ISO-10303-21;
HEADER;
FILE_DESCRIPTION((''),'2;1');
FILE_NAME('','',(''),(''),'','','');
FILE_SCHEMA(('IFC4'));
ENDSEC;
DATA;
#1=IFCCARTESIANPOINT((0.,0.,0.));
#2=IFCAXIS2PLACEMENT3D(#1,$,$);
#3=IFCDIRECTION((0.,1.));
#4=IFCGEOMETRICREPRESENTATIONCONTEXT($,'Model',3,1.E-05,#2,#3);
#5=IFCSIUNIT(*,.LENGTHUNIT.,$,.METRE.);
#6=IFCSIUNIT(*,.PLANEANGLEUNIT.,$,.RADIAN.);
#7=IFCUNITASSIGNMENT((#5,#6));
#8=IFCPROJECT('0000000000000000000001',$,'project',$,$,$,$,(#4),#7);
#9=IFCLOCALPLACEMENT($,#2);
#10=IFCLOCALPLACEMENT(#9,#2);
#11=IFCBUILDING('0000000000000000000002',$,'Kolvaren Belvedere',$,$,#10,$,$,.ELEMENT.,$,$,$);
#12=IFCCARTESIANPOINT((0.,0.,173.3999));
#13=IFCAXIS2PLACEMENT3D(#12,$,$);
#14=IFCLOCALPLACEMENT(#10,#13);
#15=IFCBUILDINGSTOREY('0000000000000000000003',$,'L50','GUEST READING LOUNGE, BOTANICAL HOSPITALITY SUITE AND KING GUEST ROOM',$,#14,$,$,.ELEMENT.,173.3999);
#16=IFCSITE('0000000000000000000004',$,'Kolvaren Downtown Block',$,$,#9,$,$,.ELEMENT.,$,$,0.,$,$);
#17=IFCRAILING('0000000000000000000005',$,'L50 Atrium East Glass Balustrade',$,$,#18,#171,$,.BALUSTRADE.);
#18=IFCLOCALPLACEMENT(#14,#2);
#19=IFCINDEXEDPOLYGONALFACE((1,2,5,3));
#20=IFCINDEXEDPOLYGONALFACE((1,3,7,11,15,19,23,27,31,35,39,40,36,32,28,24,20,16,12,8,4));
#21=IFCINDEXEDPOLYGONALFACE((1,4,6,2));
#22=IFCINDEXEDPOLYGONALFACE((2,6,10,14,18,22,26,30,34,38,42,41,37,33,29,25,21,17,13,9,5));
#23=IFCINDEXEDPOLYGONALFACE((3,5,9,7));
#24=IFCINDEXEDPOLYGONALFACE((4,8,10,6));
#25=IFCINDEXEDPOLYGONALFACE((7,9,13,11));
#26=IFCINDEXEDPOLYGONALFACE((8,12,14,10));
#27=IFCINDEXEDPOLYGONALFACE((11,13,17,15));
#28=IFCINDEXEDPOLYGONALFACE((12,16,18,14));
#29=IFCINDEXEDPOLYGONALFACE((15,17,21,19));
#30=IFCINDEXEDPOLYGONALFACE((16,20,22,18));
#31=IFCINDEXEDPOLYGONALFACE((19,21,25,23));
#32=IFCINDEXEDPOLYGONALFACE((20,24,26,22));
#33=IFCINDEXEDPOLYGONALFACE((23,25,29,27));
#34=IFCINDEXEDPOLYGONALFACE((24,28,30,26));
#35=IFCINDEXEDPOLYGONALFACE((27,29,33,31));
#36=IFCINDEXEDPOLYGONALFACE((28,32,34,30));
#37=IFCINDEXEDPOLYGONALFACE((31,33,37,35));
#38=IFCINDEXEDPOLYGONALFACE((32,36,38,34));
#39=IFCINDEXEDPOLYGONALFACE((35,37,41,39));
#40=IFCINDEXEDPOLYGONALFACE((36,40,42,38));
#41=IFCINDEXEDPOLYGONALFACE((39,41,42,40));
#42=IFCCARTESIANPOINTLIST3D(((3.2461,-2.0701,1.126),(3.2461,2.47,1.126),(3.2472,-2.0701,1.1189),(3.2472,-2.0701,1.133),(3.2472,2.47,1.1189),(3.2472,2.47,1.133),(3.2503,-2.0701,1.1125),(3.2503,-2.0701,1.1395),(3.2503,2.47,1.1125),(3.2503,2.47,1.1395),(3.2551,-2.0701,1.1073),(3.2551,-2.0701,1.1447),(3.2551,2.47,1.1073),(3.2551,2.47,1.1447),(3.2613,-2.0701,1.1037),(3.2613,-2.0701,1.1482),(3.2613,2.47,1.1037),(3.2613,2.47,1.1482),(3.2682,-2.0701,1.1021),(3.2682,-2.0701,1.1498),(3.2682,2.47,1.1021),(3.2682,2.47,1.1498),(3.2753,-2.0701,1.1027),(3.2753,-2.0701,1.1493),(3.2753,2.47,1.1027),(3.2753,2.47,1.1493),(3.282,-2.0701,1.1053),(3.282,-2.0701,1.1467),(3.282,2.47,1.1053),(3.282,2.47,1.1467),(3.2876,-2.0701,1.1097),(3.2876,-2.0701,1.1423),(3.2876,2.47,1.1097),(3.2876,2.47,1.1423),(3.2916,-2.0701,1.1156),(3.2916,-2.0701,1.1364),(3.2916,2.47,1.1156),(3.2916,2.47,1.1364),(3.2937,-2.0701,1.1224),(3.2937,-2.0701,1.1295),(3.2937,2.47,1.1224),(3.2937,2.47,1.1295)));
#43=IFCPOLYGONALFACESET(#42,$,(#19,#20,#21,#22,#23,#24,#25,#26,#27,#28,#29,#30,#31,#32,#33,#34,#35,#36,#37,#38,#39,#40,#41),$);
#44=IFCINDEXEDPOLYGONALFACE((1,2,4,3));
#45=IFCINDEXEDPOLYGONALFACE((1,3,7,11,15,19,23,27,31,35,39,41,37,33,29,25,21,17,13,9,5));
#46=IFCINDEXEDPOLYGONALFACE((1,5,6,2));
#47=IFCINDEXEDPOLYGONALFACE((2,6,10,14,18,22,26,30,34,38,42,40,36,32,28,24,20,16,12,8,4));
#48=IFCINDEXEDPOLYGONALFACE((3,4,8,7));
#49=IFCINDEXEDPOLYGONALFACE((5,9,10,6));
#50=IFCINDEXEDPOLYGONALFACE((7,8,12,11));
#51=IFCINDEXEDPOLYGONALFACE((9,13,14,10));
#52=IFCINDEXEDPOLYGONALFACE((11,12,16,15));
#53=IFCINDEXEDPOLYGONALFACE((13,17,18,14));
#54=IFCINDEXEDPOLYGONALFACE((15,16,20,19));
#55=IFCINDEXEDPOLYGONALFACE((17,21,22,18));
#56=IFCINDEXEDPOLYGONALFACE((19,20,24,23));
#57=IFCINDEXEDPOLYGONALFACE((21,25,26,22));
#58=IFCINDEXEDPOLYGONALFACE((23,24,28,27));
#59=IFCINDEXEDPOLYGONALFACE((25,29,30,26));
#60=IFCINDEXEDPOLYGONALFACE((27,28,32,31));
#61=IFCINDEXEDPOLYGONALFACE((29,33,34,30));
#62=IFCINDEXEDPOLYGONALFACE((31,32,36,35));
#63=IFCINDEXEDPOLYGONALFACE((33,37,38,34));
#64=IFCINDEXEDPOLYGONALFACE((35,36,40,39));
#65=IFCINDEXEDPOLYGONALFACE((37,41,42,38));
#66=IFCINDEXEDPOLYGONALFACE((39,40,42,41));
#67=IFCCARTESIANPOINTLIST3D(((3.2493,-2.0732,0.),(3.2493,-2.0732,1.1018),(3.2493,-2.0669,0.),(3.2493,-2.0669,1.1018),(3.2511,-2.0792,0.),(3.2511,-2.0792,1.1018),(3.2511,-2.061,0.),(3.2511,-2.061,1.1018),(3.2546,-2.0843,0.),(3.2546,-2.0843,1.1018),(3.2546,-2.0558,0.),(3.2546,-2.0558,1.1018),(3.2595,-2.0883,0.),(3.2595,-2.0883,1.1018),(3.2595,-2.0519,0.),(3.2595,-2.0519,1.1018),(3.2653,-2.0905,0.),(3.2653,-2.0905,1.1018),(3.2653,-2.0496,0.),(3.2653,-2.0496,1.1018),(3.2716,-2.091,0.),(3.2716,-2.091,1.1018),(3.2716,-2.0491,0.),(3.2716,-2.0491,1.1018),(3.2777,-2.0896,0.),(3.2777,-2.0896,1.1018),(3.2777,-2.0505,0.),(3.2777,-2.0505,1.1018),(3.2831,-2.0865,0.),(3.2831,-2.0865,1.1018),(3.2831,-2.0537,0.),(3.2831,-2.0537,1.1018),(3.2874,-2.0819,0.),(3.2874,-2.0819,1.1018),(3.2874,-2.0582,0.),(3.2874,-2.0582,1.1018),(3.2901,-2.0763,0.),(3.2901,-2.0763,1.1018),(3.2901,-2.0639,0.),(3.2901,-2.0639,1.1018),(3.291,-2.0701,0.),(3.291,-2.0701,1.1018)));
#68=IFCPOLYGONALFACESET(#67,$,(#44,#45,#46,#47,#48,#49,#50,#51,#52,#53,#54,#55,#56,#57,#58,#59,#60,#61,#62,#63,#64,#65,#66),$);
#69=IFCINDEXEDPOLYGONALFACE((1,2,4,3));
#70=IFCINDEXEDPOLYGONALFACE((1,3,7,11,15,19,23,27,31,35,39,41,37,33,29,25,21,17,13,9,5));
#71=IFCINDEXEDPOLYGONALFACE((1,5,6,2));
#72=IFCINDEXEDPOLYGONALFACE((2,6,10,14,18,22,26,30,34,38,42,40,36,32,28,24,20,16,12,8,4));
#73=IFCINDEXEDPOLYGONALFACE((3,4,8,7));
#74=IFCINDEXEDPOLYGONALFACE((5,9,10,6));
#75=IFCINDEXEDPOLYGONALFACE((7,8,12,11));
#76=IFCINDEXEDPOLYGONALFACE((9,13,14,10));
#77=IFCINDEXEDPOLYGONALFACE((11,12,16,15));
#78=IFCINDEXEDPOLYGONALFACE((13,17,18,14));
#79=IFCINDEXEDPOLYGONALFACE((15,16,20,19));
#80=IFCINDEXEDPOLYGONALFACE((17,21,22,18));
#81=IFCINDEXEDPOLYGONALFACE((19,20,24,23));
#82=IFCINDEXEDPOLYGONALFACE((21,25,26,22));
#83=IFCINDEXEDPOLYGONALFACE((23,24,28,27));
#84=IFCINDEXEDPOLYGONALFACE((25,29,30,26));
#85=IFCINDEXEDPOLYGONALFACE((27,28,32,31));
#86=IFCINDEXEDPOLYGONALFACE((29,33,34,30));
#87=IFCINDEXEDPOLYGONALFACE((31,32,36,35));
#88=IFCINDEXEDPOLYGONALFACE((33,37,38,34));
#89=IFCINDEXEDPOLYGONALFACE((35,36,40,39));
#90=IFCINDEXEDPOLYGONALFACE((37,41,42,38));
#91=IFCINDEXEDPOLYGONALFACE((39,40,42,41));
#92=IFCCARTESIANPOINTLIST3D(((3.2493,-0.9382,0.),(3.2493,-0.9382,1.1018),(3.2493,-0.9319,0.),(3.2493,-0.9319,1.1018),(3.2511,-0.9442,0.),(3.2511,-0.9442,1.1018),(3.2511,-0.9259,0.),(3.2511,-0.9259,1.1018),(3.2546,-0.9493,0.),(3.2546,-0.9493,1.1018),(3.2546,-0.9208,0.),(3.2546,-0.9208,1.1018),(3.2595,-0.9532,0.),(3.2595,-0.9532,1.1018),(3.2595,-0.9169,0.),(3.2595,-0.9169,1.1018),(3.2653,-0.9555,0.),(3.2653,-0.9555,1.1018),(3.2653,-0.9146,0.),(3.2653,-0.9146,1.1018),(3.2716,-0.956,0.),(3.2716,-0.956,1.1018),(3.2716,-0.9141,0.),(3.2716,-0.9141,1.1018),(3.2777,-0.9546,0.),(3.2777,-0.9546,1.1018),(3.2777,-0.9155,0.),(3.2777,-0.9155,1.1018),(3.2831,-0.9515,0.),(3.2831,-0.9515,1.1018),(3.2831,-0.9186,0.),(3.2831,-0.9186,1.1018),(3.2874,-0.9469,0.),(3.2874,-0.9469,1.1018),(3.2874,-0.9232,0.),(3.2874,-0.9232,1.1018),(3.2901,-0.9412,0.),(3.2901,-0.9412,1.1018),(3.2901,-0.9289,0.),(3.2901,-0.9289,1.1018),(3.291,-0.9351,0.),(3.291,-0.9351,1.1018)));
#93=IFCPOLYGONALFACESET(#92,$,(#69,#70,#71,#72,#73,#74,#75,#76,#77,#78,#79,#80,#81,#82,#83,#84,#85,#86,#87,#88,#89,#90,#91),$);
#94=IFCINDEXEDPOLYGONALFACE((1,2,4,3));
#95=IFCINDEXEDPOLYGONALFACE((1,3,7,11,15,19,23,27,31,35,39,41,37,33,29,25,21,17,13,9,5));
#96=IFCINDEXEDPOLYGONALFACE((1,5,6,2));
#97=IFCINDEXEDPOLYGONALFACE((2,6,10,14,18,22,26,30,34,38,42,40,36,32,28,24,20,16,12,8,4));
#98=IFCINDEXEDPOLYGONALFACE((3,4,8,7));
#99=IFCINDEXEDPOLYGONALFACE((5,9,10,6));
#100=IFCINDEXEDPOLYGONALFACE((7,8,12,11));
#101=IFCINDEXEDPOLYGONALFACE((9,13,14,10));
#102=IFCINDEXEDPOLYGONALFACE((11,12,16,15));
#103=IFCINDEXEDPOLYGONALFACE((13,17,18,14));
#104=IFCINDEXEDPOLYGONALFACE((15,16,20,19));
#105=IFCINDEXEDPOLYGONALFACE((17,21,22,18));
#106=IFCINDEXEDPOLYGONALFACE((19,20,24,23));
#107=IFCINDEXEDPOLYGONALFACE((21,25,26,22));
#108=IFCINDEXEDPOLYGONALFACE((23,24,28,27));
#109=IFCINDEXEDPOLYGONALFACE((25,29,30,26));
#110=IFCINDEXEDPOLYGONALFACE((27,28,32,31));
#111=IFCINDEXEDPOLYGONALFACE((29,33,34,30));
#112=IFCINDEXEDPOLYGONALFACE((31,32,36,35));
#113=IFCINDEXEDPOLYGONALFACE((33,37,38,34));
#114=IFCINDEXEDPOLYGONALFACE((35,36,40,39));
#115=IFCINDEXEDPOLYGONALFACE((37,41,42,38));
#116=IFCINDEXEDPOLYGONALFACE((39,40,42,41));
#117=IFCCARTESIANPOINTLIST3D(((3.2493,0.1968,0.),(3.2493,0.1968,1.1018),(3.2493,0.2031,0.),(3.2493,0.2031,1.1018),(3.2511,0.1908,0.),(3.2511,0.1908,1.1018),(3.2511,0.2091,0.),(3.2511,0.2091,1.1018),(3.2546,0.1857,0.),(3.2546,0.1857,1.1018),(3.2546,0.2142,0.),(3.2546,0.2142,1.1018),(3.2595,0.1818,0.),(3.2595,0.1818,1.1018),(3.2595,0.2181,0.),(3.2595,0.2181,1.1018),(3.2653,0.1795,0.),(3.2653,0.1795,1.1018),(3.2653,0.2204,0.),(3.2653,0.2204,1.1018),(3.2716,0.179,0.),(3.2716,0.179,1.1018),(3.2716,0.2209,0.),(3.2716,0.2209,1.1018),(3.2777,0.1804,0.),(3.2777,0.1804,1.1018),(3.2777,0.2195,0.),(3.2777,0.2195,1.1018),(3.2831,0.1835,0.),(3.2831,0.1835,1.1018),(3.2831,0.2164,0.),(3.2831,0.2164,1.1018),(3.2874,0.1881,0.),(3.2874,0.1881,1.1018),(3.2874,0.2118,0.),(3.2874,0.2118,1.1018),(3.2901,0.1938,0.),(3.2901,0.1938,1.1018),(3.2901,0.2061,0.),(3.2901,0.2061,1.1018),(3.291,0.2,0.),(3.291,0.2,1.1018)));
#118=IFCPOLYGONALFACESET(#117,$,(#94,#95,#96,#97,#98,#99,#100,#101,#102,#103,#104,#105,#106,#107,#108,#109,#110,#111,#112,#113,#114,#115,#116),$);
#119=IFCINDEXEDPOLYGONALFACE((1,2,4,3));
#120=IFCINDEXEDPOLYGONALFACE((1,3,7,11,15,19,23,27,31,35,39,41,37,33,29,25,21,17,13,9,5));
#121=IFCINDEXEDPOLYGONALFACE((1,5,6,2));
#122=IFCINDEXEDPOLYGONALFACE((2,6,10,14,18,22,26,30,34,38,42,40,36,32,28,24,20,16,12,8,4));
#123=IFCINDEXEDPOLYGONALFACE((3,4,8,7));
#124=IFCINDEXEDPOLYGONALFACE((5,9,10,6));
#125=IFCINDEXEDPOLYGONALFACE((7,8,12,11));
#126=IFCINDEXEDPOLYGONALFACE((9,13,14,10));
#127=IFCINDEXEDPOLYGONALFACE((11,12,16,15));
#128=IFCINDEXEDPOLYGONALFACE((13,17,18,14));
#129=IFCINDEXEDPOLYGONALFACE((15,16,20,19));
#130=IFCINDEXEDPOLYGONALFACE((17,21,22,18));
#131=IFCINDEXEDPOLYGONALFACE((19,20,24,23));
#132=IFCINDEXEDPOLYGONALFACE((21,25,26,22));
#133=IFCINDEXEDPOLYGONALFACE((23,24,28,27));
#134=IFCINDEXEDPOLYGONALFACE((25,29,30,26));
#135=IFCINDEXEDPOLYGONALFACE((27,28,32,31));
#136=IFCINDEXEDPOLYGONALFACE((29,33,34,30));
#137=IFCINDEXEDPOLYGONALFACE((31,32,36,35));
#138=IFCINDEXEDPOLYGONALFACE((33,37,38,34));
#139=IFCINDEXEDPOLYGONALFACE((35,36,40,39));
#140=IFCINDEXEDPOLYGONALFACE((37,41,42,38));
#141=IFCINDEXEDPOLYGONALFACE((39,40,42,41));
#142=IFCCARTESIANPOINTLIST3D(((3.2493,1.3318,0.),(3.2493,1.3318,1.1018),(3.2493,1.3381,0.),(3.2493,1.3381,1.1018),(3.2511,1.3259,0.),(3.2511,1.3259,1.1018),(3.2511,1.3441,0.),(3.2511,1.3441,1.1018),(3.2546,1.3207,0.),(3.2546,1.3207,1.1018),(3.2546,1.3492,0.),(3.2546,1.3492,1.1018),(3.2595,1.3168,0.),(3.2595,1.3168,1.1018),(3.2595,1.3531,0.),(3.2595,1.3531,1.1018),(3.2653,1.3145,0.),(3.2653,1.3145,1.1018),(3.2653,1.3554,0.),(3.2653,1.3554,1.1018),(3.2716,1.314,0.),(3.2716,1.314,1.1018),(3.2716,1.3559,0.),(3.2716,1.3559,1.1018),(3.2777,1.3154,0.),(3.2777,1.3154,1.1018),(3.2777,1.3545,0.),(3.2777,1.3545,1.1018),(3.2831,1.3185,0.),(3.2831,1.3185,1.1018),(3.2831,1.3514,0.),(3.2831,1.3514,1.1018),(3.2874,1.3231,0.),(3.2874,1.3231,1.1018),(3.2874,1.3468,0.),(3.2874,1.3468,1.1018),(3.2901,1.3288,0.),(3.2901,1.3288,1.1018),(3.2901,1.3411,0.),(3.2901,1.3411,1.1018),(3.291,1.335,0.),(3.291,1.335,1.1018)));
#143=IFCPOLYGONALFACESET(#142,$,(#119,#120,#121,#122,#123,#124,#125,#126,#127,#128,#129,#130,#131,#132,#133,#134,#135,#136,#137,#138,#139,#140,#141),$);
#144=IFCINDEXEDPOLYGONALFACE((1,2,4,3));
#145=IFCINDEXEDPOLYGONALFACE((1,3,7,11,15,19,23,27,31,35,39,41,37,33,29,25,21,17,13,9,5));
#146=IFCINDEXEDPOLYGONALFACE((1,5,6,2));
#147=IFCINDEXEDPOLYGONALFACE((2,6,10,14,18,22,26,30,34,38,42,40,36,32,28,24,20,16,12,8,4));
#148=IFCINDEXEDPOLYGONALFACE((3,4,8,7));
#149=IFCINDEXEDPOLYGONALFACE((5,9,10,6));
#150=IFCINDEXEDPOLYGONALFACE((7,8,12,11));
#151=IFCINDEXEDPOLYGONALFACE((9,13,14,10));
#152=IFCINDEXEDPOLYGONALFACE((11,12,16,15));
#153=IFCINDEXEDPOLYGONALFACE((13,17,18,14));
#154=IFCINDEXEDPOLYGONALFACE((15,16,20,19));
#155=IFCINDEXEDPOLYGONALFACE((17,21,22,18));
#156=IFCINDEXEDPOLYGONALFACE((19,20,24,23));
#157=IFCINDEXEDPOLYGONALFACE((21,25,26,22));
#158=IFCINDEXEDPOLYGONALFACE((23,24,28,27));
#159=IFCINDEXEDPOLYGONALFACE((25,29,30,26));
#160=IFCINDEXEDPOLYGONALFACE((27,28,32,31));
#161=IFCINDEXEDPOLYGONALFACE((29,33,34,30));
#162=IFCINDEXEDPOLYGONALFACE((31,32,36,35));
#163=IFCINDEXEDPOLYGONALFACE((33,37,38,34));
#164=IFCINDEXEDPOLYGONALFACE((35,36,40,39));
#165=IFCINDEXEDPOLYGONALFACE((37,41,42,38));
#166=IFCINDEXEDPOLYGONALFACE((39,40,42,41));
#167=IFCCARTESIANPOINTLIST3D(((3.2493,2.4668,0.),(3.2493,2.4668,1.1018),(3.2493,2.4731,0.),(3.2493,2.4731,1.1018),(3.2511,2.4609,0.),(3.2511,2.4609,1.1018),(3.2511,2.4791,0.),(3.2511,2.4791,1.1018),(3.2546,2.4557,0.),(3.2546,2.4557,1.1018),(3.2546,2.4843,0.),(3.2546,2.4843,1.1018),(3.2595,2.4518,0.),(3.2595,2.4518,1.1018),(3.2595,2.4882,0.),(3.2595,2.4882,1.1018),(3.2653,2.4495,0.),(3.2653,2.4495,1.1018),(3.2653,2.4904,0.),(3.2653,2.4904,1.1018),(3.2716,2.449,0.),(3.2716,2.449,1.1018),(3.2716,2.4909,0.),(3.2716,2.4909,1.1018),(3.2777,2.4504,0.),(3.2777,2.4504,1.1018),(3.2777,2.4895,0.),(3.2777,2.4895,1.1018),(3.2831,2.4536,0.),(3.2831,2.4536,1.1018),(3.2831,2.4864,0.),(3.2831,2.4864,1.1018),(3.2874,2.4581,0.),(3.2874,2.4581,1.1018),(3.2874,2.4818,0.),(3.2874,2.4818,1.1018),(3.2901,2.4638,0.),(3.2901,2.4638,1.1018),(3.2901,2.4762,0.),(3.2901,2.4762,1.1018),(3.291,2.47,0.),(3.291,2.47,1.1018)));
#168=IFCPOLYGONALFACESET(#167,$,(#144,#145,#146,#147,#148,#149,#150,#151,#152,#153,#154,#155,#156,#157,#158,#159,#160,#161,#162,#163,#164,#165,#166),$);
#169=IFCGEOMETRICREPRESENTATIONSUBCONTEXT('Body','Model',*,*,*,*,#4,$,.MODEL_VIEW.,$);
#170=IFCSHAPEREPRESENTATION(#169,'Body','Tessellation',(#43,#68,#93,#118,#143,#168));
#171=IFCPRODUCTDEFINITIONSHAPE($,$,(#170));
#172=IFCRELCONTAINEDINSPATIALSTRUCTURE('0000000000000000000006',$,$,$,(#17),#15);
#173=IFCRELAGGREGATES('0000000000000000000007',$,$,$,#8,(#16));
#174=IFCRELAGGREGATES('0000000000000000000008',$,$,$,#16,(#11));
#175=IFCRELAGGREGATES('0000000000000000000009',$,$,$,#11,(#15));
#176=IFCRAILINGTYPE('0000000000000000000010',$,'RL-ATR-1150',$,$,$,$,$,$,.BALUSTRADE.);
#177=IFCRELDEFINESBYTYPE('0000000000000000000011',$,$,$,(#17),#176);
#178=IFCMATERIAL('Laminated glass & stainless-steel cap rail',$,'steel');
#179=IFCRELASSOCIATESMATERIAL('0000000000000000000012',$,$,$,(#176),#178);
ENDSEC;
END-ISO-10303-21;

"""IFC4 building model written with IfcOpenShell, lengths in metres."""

from ifc_helpers import new_model, si_unit, direction, frame, origin, origin_2d, place, context, subcontext, project, spatial, circle, extrude, material, type_object, element, save


model = new_model("IFC4")

# Units and contexts
model_context = context("Model", 3, precision=1e-05, world=origin(), true_north=direction((0.0, 1.0)))
body_context = subcontext(model_context, "Body", "Model", "MODEL_VIEW")
ifc_project = project(units=[si_unit("LENGTHUNIT", "METRE"), si_unit("PLANEANGLEUNIT", "RADIAN")], contexts=[model_context])

# Site, building, storey
site_placement = place(None, origin())
site = spatial("IfcSite", under=ifc_project, at=site_placement, Name="Kolvaren Downtown Block", CompositionType="ELEMENT", RefElevation=0.0)
building_placement = place(site_placement, origin())
building = spatial("IfcBuilding", under=site, at=building_placement, Name="Kolvaren Belvedere", CompositionType="ELEMENT")
storey_placement = place(building_placement, frame((0.0, 0.0, 173.3999)))
storey = spatial("IfcBuildingStorey", under=building, at=storey_placement, Name="L50", Description="GUEST READING LOUNGE, BOTANICAL HOSPITALITY SUITE AND KING GUEST ROOM", CompositionType="ELEMENT", Elevation=173.3999)

# Railing
ifc_material_1 = material(Name="Laminated glass & stainless-steel cap rail", Category="steel")
railing_type_1 = type_object("IfcRailingType", Name="RL-ATR-1150", PredefinedType="BALUSTRADE", material=ifc_material_1)
railing_1_placement = place(storey_placement, frame((3.27, -2.0701, 0.0)))
element("IfcRailing", 1, at=railing_1_placement, inside=storey, type_object=railing_type_1, Name="L50 Atrium East Glass Balustrade", PredefinedType="BALUSTRADE", context=body_context, shape_type="SweptSolid", body=[
    extrude(circle(Radius=0.0239, at=origin_2d()), frame((0.0, 0.0, 1.126), z_axis=(0.0, 1.0, 0.0), x_axis=(-1.0, 0.0, 0.0)), (0.0, 0.0, 1.0), 4.54),
    extrude(circle(Radius=0.021, at=origin_2d()), origin(), (0.0, 0.0, 1.0), 1.1018),
    extrude(circle(Radius=0.021, at=origin_2d()), frame((0.0, 1.135, 0.0)), (0.0, 0.0, 1.0), 1.1018),
    extrude(circle(Radius=0.021, at=origin_2d()), frame((0.0, 2.27, 0.0)), (0.0, 0.0, 1.0), 1.1018),
    extrude(circle(Radius=0.021, at=origin_2d()), frame((0.0, 3.405, 0.0)), (0.0, 0.0, 1.0), 1.1018),
    extrude(circle(Radius=0.021, at=origin_2d()), frame((0.0, 4.54, 0.0)), (0.0, 0.0, 1.0), 1.1018),
])

save(model, "model.ifc")
